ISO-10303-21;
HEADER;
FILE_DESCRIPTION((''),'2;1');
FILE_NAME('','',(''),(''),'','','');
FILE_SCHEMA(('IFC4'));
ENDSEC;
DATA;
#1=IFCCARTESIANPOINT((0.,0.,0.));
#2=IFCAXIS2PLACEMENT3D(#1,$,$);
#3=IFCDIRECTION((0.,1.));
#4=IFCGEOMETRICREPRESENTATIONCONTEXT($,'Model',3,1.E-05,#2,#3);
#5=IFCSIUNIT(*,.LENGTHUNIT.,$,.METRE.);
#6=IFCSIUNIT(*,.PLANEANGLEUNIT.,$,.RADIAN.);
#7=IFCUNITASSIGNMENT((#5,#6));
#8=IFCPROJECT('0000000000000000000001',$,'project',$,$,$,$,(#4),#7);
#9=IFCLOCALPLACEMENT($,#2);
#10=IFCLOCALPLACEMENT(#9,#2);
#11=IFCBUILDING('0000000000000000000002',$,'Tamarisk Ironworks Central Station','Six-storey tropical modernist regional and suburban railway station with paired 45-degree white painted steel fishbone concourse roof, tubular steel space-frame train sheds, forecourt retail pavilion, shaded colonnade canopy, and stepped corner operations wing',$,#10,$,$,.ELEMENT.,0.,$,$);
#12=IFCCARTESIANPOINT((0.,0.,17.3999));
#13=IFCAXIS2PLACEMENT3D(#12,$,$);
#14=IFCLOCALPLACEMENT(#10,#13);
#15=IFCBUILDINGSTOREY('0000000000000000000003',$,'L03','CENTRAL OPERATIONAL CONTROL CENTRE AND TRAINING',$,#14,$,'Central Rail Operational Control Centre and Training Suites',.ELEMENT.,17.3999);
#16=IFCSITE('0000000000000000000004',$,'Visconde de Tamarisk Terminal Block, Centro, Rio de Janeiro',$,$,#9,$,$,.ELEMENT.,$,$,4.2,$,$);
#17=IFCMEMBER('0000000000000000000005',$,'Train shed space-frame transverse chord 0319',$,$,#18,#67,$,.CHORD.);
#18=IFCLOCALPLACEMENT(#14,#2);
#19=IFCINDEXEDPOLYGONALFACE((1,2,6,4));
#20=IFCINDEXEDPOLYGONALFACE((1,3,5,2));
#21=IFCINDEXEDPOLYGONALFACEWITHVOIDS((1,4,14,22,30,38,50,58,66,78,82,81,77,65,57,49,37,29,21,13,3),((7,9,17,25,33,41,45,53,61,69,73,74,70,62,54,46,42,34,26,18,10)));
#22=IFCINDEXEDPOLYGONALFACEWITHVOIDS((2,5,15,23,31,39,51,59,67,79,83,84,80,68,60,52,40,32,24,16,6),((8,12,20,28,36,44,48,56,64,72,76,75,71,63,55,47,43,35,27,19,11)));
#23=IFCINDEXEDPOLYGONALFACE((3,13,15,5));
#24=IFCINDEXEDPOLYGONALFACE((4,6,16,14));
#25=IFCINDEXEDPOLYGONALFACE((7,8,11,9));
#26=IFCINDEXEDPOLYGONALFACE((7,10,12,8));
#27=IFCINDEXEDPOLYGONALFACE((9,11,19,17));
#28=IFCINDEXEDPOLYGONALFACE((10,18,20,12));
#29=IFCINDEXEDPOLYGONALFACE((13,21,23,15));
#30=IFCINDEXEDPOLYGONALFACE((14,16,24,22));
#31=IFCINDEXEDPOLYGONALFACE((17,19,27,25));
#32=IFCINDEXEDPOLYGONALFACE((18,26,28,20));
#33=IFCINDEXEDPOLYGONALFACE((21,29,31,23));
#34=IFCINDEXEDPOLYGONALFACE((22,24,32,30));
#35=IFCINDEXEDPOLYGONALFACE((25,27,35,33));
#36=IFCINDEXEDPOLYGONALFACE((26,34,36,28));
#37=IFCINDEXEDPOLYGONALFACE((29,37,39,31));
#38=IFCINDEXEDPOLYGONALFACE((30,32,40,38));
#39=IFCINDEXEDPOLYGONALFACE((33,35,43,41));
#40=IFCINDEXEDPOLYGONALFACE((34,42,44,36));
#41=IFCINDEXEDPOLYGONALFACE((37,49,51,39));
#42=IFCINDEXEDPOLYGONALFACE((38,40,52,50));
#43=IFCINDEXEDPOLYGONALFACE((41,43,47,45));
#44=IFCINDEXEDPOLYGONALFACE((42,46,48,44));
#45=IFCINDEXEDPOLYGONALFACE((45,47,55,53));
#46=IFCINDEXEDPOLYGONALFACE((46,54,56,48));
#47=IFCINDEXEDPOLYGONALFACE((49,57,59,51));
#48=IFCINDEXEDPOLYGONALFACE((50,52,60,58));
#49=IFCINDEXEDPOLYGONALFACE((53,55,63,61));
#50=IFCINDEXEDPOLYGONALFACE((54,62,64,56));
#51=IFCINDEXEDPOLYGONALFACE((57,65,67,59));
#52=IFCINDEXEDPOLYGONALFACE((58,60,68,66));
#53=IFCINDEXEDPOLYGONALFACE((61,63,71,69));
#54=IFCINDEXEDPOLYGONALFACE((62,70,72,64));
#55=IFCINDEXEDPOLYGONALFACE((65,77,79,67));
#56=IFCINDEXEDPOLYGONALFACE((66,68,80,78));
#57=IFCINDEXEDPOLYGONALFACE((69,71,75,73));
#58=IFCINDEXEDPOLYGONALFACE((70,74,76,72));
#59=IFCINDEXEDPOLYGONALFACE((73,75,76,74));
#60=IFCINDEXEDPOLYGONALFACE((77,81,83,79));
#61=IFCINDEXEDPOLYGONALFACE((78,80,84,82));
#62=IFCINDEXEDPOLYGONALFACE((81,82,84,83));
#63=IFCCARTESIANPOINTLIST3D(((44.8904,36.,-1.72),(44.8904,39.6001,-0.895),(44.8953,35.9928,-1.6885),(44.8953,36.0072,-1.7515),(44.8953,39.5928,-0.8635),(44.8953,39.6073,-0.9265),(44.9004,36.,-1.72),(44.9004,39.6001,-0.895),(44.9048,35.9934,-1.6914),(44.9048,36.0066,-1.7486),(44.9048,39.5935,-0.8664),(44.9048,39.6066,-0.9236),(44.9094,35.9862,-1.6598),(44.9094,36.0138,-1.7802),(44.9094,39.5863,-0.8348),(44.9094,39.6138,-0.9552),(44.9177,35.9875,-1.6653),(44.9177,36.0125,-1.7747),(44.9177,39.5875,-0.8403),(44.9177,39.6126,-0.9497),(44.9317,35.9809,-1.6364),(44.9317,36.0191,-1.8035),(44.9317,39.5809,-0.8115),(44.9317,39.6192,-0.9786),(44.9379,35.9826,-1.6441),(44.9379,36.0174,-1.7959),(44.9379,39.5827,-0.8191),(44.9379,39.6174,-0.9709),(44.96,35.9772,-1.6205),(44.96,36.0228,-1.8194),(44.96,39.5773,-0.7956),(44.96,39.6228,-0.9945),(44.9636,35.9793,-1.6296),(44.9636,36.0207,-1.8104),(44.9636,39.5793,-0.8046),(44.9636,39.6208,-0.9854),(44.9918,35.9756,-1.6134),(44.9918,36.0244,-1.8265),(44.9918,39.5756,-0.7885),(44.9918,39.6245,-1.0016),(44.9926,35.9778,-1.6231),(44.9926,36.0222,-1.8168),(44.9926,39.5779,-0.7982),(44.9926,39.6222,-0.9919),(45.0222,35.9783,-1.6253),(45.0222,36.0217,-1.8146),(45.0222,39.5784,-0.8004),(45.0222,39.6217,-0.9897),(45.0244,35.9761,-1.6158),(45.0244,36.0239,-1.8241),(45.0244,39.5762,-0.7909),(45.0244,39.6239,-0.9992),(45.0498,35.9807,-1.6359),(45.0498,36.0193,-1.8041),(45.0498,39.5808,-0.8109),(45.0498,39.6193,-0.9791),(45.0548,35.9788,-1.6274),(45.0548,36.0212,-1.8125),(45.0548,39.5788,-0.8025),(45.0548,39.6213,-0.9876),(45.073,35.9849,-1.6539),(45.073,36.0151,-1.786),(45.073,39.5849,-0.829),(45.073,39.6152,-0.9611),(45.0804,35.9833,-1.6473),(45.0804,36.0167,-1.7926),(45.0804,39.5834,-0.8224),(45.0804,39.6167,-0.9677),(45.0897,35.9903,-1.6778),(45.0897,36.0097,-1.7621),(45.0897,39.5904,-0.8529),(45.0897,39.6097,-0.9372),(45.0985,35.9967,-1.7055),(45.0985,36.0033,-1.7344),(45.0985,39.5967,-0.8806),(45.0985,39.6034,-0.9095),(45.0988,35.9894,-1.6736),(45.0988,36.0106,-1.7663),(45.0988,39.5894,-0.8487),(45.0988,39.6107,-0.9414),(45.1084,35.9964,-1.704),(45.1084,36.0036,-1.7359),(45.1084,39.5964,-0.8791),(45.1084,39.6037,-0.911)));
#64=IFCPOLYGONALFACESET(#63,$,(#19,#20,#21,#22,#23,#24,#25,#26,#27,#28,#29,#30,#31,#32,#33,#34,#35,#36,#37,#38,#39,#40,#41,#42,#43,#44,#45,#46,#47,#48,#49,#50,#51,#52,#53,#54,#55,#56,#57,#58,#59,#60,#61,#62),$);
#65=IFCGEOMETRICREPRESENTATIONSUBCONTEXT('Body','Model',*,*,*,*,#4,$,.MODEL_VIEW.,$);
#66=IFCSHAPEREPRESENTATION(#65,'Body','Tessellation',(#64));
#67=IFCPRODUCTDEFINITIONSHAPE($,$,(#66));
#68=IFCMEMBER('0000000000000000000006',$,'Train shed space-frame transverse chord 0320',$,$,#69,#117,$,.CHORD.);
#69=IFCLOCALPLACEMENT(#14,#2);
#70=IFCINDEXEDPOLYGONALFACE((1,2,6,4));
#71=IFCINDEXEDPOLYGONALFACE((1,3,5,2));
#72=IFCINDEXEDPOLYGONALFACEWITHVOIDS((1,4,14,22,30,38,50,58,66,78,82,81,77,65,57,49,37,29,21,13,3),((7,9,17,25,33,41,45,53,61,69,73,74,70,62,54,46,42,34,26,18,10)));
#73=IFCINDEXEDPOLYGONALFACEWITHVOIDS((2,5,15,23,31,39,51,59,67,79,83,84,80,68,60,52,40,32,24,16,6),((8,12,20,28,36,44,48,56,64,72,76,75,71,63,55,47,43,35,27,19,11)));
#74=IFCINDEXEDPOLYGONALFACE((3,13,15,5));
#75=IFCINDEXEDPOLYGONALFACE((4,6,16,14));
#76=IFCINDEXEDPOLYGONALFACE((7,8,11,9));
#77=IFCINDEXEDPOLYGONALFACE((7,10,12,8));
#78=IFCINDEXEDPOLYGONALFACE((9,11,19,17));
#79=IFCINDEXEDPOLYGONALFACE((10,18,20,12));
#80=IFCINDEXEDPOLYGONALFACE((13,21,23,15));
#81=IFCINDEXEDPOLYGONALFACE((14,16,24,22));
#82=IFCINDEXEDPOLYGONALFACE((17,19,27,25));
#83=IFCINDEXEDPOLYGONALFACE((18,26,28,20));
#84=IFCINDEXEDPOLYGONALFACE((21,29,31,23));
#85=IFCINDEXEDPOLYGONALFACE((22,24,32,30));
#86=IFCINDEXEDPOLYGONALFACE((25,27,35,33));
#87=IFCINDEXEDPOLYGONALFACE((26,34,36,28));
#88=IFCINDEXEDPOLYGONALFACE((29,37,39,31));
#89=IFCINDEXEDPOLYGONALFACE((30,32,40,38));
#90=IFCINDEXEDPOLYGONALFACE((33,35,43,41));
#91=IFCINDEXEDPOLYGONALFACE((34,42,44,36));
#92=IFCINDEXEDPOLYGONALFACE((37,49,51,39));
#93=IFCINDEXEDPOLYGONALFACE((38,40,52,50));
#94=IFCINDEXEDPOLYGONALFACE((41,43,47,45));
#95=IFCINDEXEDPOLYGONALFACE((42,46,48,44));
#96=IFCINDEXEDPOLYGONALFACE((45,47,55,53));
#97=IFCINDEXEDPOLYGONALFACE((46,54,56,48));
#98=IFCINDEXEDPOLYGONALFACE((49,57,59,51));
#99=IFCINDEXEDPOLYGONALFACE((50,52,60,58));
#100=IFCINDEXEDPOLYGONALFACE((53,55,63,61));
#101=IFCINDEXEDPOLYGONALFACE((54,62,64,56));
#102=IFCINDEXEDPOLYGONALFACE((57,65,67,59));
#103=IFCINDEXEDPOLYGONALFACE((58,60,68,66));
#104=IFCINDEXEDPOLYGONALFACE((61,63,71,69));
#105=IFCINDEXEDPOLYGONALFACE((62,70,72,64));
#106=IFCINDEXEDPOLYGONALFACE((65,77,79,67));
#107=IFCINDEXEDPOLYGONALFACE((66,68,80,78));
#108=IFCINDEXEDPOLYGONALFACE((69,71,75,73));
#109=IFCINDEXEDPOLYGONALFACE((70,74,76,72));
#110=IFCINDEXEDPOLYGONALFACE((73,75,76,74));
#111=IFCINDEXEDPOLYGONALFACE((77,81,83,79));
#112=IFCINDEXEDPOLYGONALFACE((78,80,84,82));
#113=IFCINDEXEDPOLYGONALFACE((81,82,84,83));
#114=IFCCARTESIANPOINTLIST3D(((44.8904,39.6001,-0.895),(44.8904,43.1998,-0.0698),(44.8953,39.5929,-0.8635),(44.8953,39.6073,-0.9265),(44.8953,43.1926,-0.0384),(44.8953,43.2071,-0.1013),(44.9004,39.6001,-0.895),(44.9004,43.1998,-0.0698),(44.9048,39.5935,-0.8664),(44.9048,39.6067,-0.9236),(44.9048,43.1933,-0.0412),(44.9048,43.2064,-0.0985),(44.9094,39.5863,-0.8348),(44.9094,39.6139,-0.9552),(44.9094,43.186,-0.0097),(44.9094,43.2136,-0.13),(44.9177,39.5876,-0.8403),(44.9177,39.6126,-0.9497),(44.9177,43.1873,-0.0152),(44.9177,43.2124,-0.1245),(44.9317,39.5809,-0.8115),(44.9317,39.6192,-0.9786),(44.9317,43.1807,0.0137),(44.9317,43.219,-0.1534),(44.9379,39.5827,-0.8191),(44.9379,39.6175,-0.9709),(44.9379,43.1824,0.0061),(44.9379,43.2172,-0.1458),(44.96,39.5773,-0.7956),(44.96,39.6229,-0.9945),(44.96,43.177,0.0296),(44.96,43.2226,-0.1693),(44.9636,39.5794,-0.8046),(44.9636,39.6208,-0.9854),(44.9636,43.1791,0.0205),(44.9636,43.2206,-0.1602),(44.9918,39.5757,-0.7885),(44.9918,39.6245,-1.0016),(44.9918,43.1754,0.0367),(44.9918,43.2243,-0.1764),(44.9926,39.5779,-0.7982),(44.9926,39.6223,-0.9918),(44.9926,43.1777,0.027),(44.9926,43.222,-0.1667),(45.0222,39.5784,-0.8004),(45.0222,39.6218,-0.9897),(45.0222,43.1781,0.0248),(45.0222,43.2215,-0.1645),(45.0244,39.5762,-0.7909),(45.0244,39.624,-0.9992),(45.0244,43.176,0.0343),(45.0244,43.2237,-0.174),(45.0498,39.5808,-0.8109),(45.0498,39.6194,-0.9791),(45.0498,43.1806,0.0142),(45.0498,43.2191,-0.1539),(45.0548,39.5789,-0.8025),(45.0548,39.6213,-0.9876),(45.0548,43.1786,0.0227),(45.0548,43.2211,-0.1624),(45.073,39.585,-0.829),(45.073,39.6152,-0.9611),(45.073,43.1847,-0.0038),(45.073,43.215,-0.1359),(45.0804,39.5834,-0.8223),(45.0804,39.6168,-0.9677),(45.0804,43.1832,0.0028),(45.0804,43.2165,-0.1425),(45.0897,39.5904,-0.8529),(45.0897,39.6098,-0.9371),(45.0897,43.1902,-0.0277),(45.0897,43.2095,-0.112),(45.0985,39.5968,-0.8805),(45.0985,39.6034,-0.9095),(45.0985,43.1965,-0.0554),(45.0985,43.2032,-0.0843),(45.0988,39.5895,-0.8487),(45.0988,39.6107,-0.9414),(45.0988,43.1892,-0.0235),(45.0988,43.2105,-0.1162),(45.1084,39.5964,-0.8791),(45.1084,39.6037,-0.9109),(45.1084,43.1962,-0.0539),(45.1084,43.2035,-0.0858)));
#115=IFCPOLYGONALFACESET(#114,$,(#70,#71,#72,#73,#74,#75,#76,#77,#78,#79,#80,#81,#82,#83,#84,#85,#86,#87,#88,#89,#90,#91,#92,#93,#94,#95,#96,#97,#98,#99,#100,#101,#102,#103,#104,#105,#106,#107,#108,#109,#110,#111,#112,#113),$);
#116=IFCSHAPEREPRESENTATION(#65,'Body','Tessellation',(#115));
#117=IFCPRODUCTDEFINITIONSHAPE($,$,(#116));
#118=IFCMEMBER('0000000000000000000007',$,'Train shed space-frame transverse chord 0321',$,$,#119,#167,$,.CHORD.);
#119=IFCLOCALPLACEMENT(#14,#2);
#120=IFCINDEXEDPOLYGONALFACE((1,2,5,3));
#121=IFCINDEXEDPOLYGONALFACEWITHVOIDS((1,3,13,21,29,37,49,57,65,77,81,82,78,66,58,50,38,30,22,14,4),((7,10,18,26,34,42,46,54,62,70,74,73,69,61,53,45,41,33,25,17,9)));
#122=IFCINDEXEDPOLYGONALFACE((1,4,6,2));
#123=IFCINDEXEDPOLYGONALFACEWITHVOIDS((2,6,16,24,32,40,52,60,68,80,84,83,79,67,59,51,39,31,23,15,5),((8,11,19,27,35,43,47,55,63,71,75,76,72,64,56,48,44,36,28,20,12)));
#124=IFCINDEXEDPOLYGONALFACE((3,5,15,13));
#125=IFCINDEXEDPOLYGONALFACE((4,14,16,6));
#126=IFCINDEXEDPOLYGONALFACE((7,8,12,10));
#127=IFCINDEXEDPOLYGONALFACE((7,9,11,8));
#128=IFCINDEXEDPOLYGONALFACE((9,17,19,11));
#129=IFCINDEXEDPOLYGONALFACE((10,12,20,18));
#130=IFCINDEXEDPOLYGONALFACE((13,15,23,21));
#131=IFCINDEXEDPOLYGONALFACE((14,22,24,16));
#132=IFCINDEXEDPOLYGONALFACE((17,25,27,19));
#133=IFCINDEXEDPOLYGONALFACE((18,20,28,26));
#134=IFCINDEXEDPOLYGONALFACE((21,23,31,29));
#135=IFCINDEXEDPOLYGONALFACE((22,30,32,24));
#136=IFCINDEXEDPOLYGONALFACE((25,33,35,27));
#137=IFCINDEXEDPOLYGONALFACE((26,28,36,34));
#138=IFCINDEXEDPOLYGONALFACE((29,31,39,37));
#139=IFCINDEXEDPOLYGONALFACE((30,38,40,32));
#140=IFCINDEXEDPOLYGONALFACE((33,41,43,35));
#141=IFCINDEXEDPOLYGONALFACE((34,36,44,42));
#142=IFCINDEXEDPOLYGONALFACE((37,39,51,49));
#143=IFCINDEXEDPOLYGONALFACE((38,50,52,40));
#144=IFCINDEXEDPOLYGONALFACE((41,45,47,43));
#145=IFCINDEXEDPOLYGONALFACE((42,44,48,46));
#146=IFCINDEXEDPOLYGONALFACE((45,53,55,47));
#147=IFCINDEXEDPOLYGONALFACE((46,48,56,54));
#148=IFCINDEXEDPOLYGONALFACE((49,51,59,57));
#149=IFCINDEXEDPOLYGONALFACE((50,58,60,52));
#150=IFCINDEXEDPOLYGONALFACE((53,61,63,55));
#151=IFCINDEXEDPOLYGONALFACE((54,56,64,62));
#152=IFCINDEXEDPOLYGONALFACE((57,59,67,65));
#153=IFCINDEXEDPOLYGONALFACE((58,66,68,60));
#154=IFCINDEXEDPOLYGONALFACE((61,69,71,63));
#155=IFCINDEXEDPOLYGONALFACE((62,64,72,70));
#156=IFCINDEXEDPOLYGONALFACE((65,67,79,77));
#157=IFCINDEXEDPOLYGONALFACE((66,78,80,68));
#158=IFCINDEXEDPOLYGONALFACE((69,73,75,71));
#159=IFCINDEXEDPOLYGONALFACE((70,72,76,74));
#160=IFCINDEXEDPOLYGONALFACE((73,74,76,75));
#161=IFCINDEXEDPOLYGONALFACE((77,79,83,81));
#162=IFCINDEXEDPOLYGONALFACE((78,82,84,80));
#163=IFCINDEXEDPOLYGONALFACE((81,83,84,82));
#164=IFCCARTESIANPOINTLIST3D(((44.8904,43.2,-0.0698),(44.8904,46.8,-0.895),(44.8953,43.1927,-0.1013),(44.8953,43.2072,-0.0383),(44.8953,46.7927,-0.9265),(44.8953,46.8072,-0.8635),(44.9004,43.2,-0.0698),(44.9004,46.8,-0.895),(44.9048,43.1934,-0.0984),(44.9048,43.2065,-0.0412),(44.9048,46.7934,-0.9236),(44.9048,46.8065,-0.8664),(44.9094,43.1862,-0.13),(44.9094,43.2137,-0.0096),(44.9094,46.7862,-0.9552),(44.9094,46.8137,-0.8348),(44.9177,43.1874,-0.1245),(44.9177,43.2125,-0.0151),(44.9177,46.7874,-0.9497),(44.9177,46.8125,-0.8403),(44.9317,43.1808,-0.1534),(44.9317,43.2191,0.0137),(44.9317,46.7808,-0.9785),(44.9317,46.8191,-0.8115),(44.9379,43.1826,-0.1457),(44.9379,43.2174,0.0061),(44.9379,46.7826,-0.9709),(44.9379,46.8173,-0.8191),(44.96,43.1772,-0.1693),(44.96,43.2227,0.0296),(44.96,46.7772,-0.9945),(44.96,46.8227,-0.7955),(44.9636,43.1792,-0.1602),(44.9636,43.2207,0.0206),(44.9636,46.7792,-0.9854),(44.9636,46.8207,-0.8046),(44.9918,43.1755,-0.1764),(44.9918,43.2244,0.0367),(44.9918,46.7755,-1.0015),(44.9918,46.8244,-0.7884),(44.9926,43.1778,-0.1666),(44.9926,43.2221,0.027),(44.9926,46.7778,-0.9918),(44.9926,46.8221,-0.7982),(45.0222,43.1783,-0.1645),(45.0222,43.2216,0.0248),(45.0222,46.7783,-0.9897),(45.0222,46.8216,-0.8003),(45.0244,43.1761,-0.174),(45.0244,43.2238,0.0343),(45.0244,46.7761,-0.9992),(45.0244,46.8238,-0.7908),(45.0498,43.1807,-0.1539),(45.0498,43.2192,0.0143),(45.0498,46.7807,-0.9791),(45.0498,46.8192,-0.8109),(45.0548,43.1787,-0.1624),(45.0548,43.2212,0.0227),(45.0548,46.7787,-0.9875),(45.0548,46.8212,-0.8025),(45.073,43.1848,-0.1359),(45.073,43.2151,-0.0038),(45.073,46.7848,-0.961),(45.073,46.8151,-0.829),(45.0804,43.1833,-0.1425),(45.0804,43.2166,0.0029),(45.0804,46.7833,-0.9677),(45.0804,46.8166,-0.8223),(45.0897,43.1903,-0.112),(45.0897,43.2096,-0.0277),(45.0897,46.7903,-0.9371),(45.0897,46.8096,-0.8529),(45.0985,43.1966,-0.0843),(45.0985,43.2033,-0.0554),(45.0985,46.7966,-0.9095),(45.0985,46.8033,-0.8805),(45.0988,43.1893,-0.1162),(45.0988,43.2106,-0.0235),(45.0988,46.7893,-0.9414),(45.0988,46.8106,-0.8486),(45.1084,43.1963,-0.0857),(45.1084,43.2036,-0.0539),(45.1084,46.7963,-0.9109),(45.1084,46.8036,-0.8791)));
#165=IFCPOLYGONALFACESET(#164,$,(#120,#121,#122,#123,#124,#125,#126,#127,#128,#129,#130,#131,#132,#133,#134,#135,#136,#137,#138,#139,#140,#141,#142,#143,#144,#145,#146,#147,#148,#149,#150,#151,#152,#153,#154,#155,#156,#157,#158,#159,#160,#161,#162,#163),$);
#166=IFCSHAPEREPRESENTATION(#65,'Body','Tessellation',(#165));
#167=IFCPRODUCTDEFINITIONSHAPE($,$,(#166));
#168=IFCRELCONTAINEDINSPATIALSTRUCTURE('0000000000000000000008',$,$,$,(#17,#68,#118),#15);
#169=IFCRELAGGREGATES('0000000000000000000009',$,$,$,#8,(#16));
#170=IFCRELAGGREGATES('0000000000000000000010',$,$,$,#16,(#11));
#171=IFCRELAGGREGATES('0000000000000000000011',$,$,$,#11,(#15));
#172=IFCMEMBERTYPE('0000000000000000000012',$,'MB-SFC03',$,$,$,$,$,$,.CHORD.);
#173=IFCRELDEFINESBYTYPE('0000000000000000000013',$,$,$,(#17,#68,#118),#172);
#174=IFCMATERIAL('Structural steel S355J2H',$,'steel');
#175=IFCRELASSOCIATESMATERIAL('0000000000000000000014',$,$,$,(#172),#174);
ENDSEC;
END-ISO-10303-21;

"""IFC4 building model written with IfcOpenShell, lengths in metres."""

from ifc_helpers import new_model, si_unit, direction, frame, origin, origin_2d, place, context, subcontext, project, spatial, hollow_circle, extrude, material, material_profile, profile_set, type_object, element, save


model = new_model("IFC4")

# Units and contexts
model_context = context("Model", 3, precision=1e-05, world=origin(), true_north=direction((0.0, 1.0)))
body_context = subcontext(model_context, "Body", "Model", "MODEL_VIEW")
ifc_project = project(units=[si_unit("LENGTHUNIT", "METRE"), si_unit("PLANEANGLEUNIT", "RADIAN")], contexts=[model_context])

# Site, building, storey
site_placement = place(None, origin())
site = spatial("IfcSite", under=ifc_project, at=site_placement, Name="Visconde de Tamarisk Terminal Block, Centro, Rio de Janeiro", CompositionType="ELEMENT", RefElevation=4.2)
building_placement = place(site_placement, origin())
building = spatial("IfcBuilding", under=site, at=building_placement, Name="Tamarisk Ironworks Central Station", Description="Six-storey tropical modernist regional and suburban railway station with paired 45-degree white painted steel fishbone concourse roof, tubular steel space-frame train sheds, forecourt retail pavilion, shaded colonnade canopy, and stepped corner operations wing", CompositionType="ELEMENT", ElevationOfRefHeight=0.0)
storey_placement = place(building_placement, frame((0.0, 0.0, 17.3999)))
storey = spatial("IfcBuildingStorey", under=building, at=storey_placement, Name="L03", Description="CENTRAL OPERATIONAL CONTROL CENTRE AND TRAINING", LongName="Central Rail Operational Control Centre and Training Suites", CompositionType="ELEMENT", Elevation=17.3999)

# Members
ifc_material_1 = material(Name="Structural steel S355J2H", Category="steel")
ifc_material_profile_1 = material_profile(ifc_material_1, hollow_circle(Radius=0.1096, WallThickness=0.01, at=origin_2d()), Name="CHS 219.1x10")
ifc_profile_set_1 = profile_set([ifc_material_profile_1], Name="Structural steel S355J2H")
member_type_1 = type_object("IfcMemberType", Name="MB-SFC03", PredefinedType="CHORD", material=ifc_profile_set_1)
for number, where, z_axis, x_axis, name in (
    (1, (45.0, 36.0, -1.72), (0.0, 0.974737, 0.223358), (-1.0, 0.0, 0.0), "Train shed space-frame transverse chord 0319"),
):
    element("IfcMember", number, at=place(storey_placement, frame(where, z_axis=z_axis, x_axis=x_axis)), inside=storey, type_object=member_type_1, Name=name, PredefinedType="CHORD", context=body_context, shape_type="SweptSolid", body=[
        extrude(hollow_circle(Radius=0.1096, WallThickness=0.01, at=origin_2d()), origin(), (0.0, 0.0, 1.0), 3.6934),
    ])
member_1_placement = place(storey_placement, frame((45.0, 39.6001, -0.895), z_axis=(0.0, 0.974719, 0.223435), x_axis=(-1.0, 0.0, 0.0)))
element("IfcMember", 2, at=member_1_placement, inside=storey, type_object=member_type_1, Name="Train shed space-frame transverse chord 0320", PredefinedType="CHORD", context=body_context, shape_type="SweptSolid", body=[
    extrude(hollow_circle(Radius=0.1096, WallThickness=0.01, at=origin_2d()), origin(), (0.0, 0.0, 1.0), 3.6931),
])
member_2_placement = place(storey_placement, frame((45.0, 43.2, -0.0698), z_axis=(0.0, 0.974722, -0.223421), x_axis=(-1.0, 0.0, 0.0)))
element("IfcMember", 3, at=member_2_placement, inside=storey, type_object=member_type_1, Name="Train shed space-frame transverse chord 0321", PredefinedType="CHORD", context=body_context, shape_type="SweptSolid", body=[
    extrude(hollow_circle(Radius=0.1096, WallThickness=0.01, at=origin_2d()), origin(), (0.0, 0.0, 1.0), 3.6934),
])

save(model, "model.ifc")
